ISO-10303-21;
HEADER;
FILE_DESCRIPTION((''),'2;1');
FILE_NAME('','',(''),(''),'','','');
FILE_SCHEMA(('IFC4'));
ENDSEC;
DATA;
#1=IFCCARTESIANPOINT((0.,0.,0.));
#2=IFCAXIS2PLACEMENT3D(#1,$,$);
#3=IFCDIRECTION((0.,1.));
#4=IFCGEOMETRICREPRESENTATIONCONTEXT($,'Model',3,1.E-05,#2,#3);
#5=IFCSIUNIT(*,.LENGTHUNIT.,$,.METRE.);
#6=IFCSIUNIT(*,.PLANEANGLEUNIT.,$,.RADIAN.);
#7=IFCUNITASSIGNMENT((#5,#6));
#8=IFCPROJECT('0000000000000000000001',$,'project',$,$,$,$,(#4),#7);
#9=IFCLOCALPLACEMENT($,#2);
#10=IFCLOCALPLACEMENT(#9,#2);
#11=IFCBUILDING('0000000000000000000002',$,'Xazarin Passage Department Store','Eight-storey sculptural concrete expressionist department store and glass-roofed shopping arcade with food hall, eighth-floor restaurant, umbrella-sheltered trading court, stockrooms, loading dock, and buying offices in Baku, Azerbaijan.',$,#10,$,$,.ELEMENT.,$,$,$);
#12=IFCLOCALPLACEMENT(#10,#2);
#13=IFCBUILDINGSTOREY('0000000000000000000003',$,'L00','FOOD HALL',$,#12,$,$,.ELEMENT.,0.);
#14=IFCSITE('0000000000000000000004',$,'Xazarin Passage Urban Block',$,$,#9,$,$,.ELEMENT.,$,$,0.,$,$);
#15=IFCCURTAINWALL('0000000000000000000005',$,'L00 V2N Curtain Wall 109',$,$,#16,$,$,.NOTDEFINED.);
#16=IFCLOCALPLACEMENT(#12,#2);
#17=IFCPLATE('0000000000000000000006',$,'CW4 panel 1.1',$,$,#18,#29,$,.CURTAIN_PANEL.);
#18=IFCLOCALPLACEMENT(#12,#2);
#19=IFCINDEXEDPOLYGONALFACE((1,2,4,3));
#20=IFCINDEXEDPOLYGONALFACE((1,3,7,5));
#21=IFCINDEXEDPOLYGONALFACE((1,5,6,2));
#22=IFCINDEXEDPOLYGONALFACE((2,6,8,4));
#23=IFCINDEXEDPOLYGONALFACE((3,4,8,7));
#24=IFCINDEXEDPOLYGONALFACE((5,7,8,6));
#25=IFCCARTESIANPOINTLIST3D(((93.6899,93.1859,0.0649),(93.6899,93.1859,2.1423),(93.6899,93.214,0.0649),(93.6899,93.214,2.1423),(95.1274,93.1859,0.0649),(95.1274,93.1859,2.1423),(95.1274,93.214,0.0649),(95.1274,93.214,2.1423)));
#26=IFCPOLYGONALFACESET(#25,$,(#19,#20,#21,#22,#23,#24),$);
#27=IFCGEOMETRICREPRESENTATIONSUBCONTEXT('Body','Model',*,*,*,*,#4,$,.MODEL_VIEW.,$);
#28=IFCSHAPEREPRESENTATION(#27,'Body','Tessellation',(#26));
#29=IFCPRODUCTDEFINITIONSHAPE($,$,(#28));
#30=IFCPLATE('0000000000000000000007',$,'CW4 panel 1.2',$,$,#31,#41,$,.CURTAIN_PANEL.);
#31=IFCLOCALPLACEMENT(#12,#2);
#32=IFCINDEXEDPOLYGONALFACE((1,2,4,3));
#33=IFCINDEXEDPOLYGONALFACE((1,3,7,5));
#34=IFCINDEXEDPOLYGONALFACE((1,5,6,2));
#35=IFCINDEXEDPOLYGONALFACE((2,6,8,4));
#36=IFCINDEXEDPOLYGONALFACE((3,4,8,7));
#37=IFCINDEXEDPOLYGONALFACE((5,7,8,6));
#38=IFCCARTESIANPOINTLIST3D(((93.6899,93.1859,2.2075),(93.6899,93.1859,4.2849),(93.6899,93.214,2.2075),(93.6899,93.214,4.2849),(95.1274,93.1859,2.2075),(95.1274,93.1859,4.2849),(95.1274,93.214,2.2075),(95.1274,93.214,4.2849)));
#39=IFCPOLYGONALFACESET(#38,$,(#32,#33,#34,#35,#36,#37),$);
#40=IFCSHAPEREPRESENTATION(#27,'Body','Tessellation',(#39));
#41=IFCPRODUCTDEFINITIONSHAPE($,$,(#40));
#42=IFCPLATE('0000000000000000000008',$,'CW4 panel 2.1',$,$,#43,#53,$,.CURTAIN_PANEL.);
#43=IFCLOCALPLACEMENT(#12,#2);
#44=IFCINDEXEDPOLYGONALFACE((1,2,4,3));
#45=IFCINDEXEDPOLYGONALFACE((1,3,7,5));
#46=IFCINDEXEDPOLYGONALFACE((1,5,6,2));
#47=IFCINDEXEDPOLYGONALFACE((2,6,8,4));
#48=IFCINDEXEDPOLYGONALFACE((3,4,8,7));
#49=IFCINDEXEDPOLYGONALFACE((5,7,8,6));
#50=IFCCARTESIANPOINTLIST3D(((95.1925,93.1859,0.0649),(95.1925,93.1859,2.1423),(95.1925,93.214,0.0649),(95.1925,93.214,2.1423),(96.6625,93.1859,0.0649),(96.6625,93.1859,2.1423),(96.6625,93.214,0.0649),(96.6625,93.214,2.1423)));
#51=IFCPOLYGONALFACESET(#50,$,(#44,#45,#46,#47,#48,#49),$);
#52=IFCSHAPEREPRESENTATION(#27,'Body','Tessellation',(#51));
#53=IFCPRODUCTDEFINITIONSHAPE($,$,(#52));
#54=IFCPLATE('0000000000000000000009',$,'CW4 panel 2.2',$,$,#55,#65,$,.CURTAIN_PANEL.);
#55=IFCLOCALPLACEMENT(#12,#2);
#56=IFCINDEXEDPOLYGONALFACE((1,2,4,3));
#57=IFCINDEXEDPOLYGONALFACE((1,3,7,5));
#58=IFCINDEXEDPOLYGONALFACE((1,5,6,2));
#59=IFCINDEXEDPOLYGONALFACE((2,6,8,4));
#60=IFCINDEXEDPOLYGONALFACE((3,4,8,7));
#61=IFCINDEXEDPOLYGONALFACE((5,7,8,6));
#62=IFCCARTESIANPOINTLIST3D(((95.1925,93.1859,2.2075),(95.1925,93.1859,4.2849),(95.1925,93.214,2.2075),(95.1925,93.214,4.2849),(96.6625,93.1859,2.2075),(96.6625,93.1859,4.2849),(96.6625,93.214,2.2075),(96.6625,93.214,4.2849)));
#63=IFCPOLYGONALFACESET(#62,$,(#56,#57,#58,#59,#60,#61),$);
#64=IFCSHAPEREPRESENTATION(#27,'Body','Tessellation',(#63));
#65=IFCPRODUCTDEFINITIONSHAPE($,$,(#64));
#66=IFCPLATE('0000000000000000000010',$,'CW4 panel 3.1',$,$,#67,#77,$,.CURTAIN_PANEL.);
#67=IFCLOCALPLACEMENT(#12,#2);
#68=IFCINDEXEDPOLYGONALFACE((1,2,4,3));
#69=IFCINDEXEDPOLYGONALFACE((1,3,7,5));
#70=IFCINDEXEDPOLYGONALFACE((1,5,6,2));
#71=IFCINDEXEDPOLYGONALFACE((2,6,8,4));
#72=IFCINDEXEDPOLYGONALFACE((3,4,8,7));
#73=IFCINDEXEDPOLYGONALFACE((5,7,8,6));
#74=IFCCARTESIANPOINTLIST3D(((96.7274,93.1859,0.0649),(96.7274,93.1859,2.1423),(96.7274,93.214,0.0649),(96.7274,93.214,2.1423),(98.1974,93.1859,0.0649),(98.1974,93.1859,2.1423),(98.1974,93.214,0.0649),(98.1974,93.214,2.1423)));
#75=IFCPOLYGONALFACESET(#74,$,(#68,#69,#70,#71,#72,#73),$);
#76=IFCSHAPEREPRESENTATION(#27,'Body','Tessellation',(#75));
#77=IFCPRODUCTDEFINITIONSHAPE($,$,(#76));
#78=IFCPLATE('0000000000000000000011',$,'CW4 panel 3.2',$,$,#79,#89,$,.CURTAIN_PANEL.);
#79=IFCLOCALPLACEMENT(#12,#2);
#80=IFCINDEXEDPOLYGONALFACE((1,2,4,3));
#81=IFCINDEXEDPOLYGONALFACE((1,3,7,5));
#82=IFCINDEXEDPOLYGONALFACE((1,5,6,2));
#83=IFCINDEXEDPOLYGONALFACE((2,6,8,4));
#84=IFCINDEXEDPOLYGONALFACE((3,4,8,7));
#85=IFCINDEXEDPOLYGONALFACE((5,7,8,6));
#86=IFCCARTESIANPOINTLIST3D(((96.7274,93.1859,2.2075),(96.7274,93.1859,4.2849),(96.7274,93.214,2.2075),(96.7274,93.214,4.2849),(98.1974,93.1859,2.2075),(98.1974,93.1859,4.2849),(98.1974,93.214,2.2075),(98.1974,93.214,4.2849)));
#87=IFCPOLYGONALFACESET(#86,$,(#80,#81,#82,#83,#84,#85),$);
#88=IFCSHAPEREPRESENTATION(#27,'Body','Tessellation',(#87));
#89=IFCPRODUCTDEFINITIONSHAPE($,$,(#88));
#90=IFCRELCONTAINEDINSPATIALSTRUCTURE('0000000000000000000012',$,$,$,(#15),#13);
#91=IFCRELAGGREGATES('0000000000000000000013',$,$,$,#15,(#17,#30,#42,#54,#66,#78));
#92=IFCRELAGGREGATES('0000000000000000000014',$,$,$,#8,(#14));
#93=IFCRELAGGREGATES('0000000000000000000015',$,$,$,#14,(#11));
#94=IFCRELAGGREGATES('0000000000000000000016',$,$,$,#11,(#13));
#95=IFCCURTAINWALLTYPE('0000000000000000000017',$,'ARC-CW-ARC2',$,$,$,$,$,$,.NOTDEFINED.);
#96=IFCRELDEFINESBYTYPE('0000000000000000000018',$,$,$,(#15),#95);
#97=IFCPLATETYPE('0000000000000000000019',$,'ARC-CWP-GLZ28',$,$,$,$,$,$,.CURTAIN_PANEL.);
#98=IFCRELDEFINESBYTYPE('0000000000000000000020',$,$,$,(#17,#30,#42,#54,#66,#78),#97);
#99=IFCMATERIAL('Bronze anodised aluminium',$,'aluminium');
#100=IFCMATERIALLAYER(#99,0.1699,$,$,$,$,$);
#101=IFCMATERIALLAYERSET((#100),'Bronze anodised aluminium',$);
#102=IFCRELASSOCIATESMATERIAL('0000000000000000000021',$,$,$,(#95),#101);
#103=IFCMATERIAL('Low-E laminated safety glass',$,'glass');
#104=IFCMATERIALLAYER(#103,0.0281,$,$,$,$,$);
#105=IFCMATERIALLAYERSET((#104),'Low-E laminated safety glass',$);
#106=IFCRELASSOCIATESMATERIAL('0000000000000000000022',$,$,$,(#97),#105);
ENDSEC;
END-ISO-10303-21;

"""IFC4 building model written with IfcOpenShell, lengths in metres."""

from ifc_helpers import new_model, si_unit, direction, frame, origin, origin_2d, place, context, subcontext, project, spatial, rectangle, extrude, material, layer, layer_set, type_object, element, aggregate, save


model = new_model("IFC4")

# Units and contexts
model_context = context("Model", 3, precision=1e-05, world=origin(), true_north=direction((0.0, 1.0)))
body_context = subcontext(model_context, "Body", "Model", "MODEL_VIEW")
ifc_project = project(units=[si_unit("LENGTHUNIT", "METRE"), si_unit("PLANEANGLEUNIT", "RADIAN")], contexts=[model_context])

# Site, building, storey
site_placement = place(None, origin())
site = spatial("IfcSite", under=ifc_project, at=site_placement, Name="Xazarin Passage Urban Block", CompositionType="ELEMENT", RefElevation=0.0)
building_placement = place(site_placement, origin())
building = spatial("IfcBuilding", under=site, at=building_placement, Name="Xazarin Passage Department Store", Description="Eight-storey sculptural concrete expressionist department store and glass-roofed shopping arcade with food hall, eighth-floor restaurant, umbrella-sheltered trading court, stockrooms, loading dock, and buying offices in Baku, Azerbaijan.", CompositionType="ELEMENT")
storey_placement = place(building_placement, origin())
storey = spatial("IfcBuildingStorey", under=building, at=storey_placement, Name="L00", Description="FOOD HALL", CompositionType="ELEMENT", Elevation=0.0)

# Curtain wall, plates
ifc_material_1 = material(Name="Bronze anodised aluminium", Category="aluminium")
ifc_layer_1 = layer(ifc_material_1, 0.1699)
ifc_layer_set_1 = layer_set([ifc_layer_1], Name="Bronze anodised aluminium")
curtain_wall_type = type_object("IfcCurtainWallType", Name="ARC-CW-ARC2", PredefinedType="NOTDEFINED", material=ifc_layer_set_1)
curtain_wall_placement = place(storey_placement, origin())
curtain_wall = element("IfcCurtainWall", 1, at=curtain_wall_placement, inside=storey, type_object=curtain_wall_type, Name="L00 V2N Curtain Wall 109", PredefinedType="NOTDEFINED")
ifc_material_2 = material(Name="Low-E laminated safety glass", Category="glass")
ifc_layer_2 = layer(ifc_material_2, 0.0281)
ifc_layer_set_2 = layer_set([ifc_layer_2], Name="Low-E laminated safety glass")
plate_type = type_object("IfcPlateType", Name="ARC-CWP-GLZ28", PredefinedType="CURTAIN_PANEL", material=ifc_layer_set_2)
plate_1_placement = place(storey_placement, frame((94.4087, 93.2, 0.0649), z_axis=(0.0, 0.0, 1.0), x_axis=(1.0, 0.0, 0.0)))
plate_1 = element("IfcPlate", 2, at=plate_1_placement, type_object=plate_type, Name="CW4 panel 1.1", PredefinedType="CURTAIN_PANEL", context=body_context, shape_type="SweptSolid", body=[
    extrude(rectangle(XDim=1.4375, YDim=0.0281, at=origin_2d()), origin(), (0.0, 0.0, 1.0), 2.0774),
])
plate_2_placement = place(storey_placement, frame((94.4087, 93.2, 2.2075), z_axis=(0.0, 0.0, 1.0), x_axis=(1.0, 0.0, 0.0)))
plate_2 = element("IfcPlate", 3, at=plate_2_placement, type_object=plate_type, Name="CW4 panel 1.2", PredefinedType="CURTAIN_PANEL", context=body_context, shape_type="SweptSolid", body=[
    extrude(rectangle(XDim=1.4375, YDim=0.0281, at=origin_2d()), origin(), (0.0, 0.0, 1.0), 2.0774),
])
plate_3_placement = place(storey_placement, frame((95.9275, 93.2, 0.0649), z_axis=(0.0, 0.0, 1.0), x_axis=(1.0, 0.0, 0.0)))
plate_3 = element("IfcPlate", 4, at=plate_3_placement, type_object=plate_type, Name="CW4 panel 2.1", PredefinedType="CURTAIN_PANEL", context=body_context, shape_type="SweptSolid", body=[
    extrude(rectangle(XDim=1.47, YDim=0.0281, at=origin_2d()), origin(), (0.0, 0.0, 1.0), 2.0774),
])
plate_4_placement = place(storey_placement, frame((95.9275, 93.2, 2.2075), z_axis=(0.0, 0.0, 1.0), x_axis=(1.0, 0.0, 0.0)))
plate_4 = element("IfcPlate", 5, at=plate_4_placement, type_object=plate_type, Name="CW4 panel 2.2", PredefinedType="CURTAIN_PANEL", context=body_context, shape_type="SweptSolid", body=[
    extrude(rectangle(XDim=1.47, YDim=0.0281, at=origin_2d()), origin(), (0.0, 0.0, 1.0), 2.0774),
])
plate_5_placement = place(storey_placement, frame((97.4624, 93.2, 0.0649), z_axis=(0.0, 0.0, 1.0), x_axis=(1.0, 0.0, 0.0)))
plate_5 = element("IfcPlate", 6, at=plate_5_placement, type_object=plate_type, Name="CW4 panel 3.1", PredefinedType="CURTAIN_PANEL", context=body_context, shape_type="SweptSolid", body=[
    extrude(rectangle(XDim=1.47, YDim=0.0281, at=origin_2d()), origin(), (0.0, 0.0, 1.0), 2.0774),
])
plate_6_placement = place(storey_placement, frame((97.4624, 93.2, 2.2075), z_axis=(0.0, 0.0, 1.0), x_axis=(1.0, 0.0, 0.0)))
plate_6 = element("IfcPlate", 7, at=plate_6_placement, type_object=plate_type, Name="CW4 panel 3.2", PredefinedType="CURTAIN_PANEL", context=body_context, shape_type="SweptSolid", body=[
    extrude(rectangle(XDim=1.47, YDim=0.0281, at=origin_2d()), origin(), (0.0, 0.0, 1.0), 2.0774),
])
aggregate(curtain_wall, [plate_1, plate_2, plate_3, plate_4, plate_5, plate_6])

save(model, "model.ifc")
